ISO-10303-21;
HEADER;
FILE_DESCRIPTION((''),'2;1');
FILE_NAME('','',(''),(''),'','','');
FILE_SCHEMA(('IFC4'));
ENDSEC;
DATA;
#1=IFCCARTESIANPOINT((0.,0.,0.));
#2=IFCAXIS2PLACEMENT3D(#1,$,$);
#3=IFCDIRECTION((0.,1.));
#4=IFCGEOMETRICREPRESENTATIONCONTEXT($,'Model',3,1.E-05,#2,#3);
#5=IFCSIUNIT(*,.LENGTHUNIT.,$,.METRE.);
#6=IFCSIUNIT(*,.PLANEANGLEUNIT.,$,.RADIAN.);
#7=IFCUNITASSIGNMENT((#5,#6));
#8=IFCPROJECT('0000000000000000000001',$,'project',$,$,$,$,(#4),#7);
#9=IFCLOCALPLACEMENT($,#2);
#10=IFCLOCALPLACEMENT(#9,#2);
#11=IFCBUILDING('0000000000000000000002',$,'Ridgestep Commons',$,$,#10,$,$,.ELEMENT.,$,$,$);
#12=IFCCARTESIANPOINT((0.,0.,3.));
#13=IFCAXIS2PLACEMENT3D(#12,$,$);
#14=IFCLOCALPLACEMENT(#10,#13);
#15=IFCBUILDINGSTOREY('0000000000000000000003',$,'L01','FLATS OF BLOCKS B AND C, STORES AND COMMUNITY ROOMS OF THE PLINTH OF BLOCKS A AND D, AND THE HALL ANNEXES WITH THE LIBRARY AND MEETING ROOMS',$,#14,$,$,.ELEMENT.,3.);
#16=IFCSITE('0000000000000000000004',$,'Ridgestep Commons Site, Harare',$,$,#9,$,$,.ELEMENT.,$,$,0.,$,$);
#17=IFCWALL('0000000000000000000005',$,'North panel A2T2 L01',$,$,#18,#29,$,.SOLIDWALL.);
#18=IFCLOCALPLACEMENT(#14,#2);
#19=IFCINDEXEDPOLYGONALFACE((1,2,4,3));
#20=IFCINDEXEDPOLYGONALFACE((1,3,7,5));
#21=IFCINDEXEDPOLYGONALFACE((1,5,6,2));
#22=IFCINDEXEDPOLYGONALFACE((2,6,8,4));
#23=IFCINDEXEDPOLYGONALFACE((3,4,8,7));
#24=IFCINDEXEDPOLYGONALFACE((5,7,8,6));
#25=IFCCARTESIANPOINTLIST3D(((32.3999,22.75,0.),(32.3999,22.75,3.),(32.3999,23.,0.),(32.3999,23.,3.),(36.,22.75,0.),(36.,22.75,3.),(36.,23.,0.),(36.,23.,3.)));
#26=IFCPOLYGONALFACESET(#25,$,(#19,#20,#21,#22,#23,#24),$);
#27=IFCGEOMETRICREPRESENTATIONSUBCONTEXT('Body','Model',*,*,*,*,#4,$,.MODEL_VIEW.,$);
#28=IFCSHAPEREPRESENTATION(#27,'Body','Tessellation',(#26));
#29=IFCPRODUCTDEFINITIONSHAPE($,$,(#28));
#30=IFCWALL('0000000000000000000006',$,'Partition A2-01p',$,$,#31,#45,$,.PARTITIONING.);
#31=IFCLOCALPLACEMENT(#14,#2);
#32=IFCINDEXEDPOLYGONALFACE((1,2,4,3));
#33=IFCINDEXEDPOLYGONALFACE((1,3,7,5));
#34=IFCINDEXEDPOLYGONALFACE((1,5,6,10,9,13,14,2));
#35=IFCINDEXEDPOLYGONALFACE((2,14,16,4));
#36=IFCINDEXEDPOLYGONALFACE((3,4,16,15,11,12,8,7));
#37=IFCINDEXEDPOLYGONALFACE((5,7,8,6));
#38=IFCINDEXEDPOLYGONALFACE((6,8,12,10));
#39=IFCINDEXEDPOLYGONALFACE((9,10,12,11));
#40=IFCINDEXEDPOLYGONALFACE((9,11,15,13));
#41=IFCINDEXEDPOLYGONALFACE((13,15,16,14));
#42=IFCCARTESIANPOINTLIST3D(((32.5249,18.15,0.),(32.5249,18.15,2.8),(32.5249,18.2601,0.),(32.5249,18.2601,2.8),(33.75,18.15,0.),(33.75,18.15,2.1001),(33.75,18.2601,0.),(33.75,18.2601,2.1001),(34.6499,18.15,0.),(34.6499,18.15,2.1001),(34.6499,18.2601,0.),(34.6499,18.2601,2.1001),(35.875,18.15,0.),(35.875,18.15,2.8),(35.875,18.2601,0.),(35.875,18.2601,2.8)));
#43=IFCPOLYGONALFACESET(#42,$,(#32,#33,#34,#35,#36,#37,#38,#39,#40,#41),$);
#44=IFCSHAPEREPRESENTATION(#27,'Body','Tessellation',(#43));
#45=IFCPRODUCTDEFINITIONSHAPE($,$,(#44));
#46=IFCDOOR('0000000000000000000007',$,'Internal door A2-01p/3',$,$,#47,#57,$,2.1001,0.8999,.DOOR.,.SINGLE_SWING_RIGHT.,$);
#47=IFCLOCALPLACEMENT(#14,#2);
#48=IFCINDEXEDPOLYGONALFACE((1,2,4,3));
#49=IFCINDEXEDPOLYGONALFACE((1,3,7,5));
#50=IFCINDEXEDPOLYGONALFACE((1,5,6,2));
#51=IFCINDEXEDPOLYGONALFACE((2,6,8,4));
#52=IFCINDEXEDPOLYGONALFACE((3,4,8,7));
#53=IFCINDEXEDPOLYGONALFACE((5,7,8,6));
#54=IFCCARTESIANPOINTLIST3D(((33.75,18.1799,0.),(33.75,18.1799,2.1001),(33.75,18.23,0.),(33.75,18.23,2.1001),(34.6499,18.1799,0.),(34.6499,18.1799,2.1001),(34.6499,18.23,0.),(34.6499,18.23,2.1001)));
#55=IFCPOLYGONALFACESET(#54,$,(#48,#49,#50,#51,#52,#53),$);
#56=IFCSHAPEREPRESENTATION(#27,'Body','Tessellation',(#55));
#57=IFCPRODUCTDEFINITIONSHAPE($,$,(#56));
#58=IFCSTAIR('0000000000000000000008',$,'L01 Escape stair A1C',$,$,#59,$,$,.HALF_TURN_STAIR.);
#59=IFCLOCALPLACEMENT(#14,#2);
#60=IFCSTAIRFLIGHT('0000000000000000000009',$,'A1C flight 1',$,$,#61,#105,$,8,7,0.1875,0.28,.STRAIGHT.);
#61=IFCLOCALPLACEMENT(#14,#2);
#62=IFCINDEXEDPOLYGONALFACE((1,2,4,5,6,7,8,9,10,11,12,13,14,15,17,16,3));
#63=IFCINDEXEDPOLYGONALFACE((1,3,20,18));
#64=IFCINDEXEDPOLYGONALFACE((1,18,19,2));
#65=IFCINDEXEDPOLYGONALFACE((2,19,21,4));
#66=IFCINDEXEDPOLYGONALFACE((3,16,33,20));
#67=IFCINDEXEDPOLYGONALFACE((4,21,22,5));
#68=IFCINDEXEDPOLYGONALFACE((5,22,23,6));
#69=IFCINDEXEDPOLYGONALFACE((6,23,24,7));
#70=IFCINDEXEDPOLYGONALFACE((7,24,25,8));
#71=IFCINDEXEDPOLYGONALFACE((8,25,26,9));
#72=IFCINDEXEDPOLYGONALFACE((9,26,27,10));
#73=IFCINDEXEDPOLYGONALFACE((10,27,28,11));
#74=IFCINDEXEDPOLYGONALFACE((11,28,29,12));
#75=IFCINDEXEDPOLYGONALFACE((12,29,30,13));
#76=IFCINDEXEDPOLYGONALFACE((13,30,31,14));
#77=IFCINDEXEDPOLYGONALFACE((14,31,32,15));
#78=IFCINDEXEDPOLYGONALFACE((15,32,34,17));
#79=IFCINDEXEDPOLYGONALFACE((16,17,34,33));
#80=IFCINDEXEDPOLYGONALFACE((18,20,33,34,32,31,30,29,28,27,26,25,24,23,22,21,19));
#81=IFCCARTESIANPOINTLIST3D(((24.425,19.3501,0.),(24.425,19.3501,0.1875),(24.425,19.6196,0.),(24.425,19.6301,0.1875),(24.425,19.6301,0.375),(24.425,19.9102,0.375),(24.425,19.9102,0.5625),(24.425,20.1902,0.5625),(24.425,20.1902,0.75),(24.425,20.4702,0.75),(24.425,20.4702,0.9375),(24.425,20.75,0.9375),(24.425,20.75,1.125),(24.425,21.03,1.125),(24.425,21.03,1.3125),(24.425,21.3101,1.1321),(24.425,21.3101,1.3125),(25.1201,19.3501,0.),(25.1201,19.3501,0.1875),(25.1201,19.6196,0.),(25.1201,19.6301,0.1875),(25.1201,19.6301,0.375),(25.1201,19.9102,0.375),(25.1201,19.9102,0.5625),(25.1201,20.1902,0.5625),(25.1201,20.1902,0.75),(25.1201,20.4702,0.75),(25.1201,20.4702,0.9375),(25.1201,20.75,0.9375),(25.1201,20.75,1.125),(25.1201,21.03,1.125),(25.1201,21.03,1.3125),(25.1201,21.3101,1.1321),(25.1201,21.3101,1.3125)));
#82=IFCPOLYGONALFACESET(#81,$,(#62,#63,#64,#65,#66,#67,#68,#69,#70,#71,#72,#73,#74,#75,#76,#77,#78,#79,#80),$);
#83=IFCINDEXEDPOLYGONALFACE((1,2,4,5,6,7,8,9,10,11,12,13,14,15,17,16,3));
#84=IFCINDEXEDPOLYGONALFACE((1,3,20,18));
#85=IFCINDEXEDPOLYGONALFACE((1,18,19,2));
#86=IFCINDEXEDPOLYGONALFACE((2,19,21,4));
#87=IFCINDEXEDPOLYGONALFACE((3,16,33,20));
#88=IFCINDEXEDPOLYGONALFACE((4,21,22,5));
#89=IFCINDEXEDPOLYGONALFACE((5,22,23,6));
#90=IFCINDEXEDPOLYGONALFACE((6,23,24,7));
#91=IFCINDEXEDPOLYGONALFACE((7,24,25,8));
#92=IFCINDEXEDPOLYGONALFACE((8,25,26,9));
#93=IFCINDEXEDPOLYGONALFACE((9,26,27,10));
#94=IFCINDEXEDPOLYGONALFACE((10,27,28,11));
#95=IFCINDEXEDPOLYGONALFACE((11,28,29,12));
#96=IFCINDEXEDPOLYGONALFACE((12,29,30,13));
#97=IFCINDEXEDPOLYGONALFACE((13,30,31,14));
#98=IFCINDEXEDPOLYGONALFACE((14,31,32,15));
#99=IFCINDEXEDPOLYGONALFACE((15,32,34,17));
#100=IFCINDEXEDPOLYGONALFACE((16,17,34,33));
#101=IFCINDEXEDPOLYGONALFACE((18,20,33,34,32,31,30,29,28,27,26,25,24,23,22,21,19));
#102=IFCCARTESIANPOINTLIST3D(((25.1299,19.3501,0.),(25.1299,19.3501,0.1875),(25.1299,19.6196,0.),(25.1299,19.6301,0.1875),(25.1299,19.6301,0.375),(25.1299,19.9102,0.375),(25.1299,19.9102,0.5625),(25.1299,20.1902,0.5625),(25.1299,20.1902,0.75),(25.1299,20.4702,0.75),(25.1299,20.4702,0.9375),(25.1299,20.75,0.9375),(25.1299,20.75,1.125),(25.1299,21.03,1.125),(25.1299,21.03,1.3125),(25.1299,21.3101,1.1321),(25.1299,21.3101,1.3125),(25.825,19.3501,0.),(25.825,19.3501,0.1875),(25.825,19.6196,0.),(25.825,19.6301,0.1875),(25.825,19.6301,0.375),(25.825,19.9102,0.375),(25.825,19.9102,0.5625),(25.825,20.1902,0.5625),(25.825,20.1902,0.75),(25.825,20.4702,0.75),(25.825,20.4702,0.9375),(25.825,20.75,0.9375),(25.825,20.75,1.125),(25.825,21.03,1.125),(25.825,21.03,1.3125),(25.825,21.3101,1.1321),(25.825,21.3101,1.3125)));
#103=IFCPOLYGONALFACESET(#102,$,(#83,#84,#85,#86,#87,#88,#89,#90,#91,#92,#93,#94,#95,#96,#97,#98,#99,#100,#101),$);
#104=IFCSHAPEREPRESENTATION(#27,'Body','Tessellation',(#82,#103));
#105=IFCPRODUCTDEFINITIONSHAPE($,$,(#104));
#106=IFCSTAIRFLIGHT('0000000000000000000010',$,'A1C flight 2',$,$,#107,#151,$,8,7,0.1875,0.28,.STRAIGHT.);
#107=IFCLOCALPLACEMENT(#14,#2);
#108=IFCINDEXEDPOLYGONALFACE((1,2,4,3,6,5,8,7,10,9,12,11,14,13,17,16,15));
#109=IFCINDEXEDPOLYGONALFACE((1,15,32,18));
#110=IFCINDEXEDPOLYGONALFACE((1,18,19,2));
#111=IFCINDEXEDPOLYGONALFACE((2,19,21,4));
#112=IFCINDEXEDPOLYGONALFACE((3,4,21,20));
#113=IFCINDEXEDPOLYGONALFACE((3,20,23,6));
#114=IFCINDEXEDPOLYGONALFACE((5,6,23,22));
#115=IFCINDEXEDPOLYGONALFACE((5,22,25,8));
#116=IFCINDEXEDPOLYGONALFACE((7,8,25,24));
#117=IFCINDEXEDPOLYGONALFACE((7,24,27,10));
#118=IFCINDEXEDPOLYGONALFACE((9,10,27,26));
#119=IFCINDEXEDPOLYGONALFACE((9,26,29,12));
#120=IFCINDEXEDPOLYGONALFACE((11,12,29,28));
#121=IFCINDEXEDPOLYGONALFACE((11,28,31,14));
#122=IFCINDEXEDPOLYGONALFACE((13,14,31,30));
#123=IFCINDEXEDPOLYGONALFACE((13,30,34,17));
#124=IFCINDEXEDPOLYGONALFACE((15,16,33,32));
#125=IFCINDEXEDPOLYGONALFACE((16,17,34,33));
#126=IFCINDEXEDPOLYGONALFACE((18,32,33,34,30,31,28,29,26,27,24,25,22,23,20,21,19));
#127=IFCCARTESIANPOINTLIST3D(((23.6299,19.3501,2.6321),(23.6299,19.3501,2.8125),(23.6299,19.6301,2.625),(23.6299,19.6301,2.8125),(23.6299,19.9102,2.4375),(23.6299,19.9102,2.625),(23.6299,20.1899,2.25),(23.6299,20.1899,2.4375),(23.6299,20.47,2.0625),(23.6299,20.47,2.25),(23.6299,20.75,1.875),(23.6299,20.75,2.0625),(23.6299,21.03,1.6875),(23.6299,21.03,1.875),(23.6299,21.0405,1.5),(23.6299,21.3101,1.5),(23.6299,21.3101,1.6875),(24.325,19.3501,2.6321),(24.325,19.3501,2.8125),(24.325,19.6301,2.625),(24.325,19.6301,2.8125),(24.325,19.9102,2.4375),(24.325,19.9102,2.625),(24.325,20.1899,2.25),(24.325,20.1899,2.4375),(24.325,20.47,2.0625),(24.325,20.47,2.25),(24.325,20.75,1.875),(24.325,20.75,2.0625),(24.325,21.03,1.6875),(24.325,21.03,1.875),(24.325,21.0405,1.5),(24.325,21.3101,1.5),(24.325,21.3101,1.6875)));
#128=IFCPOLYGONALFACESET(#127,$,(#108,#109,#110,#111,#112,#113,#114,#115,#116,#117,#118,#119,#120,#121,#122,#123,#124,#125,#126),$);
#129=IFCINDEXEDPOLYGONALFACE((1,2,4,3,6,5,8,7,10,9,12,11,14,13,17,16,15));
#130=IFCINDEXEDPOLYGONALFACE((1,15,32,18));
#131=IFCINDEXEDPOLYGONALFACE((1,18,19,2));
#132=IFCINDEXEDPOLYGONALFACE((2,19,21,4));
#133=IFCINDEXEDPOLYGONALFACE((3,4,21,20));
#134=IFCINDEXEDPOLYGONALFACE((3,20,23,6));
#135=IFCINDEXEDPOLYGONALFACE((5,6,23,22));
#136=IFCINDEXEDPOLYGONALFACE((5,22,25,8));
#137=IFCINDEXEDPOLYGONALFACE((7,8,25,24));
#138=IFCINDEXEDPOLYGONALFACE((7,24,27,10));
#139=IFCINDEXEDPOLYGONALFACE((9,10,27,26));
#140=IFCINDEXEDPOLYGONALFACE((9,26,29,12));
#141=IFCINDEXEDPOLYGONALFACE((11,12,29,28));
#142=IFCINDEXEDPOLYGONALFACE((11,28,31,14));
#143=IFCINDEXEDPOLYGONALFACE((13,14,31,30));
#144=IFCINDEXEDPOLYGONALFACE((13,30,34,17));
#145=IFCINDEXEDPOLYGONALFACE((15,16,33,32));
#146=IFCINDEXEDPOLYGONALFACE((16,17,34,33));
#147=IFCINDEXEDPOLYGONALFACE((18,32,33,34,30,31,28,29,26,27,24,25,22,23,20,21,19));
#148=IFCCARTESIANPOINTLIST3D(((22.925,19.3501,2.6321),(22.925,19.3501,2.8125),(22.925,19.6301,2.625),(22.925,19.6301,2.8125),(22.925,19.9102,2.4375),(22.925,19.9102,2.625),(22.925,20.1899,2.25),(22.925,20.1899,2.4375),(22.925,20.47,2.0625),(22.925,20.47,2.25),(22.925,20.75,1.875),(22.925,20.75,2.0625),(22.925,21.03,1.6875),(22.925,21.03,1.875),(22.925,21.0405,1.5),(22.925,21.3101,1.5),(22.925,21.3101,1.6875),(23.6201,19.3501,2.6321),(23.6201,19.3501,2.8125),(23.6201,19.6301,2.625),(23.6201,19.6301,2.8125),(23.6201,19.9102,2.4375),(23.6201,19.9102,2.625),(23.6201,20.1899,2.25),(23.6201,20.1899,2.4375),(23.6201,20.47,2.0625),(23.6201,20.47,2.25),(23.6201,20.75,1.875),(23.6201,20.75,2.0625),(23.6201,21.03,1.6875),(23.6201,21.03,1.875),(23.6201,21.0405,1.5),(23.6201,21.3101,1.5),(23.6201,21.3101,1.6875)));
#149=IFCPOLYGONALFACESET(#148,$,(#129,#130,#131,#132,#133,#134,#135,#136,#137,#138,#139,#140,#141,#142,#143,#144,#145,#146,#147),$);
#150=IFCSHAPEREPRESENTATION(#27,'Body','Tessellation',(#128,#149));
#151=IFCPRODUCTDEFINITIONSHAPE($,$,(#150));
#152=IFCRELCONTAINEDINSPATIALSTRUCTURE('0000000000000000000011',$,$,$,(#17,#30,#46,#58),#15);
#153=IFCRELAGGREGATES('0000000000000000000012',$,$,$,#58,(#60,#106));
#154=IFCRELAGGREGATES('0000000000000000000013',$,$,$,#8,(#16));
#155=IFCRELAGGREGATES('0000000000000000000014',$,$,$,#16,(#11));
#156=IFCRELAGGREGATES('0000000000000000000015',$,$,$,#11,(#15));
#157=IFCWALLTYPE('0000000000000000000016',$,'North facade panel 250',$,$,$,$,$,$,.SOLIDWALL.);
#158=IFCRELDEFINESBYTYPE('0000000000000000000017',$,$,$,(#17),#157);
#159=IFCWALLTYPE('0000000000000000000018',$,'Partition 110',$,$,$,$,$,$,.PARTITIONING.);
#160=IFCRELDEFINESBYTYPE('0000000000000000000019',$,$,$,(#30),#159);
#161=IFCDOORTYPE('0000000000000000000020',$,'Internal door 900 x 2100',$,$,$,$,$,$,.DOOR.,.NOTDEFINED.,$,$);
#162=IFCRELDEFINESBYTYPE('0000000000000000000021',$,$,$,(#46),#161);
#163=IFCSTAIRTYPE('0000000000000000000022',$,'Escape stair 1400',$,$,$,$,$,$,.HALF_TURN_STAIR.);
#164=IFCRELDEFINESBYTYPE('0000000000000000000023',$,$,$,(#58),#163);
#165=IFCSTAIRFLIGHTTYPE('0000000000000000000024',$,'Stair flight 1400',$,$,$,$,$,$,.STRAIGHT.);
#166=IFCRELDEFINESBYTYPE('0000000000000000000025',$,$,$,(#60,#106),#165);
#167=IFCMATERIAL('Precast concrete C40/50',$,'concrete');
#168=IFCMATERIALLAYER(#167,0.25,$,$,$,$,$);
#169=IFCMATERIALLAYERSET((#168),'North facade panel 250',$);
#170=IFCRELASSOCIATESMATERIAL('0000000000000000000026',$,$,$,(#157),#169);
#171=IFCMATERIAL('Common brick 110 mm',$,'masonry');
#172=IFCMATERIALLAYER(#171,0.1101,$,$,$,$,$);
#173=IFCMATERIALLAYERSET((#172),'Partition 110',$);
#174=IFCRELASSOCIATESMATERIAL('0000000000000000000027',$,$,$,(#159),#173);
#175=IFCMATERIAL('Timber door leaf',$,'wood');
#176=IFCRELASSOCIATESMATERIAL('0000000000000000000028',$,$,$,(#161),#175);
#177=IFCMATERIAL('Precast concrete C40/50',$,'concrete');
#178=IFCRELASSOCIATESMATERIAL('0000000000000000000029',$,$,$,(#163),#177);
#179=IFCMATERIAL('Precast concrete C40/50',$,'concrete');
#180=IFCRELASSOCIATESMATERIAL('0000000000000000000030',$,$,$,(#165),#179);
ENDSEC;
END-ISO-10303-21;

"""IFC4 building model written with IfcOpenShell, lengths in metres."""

from ifc_helpers import new_model, si_unit, direction, frame, frame_2d, origin, place, context, subcontext, project, spatial, polyline, rectangle, outline, extrude, material, layer, layer_set, type_object, element, fill, aggregate, save


model = new_model("IFC4")

# Units and contexts
model_context = context("Model", 3, precision=1e-05, world=origin(), true_north=direction((0.0, 1.0)))
body_context = subcontext(model_context, "Body", "Model", "MODEL_VIEW")
ifc_project = project(units=[si_unit("LENGTHUNIT", "METRE"), si_unit("PLANEANGLEUNIT", "RADIAN")], contexts=[model_context])

# Site, building, storey
site_placement = place(None, origin())
site = spatial("IfcSite", under=ifc_project, at=site_placement, Name="Ridgestep Commons Site, Harare", CompositionType="ELEMENT", RefElevation=0.0)
building_placement = place(site_placement, origin())
building = spatial("IfcBuilding", under=site, at=building_placement, Name="Ridgestep Commons", CompositionType="ELEMENT")
storey_placement = place(building_placement, frame((0.0, 0.0, 3.0)))
storey = spatial("IfcBuildingStorey", under=building, at=storey_placement, Name="L01", Description="FLATS OF BLOCKS B AND C, STORES AND COMMUNITY ROOMS OF THE PLINTH OF BLOCKS A AND D, AND THE HALL ANNEXES WITH THE LIBRARY AND MEETING ROOMS", CompositionType="ELEMENT", Elevation=3.0)

# Shared definitions
ifc_material_1 = material(Name="Precast concrete C40/50", Category="concrete")
ifc_layer_1 = layer(ifc_material_1, 0.25)
ifc_layer_set_1 = layer_set([ifc_layer_1], Name="North facade panel 250")
wall_type_1 = type_object("IfcWallType", Name="North facade panel 250", PredefinedType="SOLIDWALL", material=ifc_layer_set_1)

# Wall
wall_1_placement = place(storey_placement, frame((32.3999, 22.875, 0.0), z_axis=(0.0, 0.0, 1.0), x_axis=(1.0, 0.0, 0.0)))
element("IfcWall", 1, at=wall_1_placement, inside=storey, type_object=wall_type_1, Name="North panel A2T2 L01", PredefinedType="SOLIDWALL", context=body_context, shape_type="SweptSolid", body=[
    extrude(rectangle(XDim=3.6001, YDim=0.25, at=frame_2d((1.8, 0.0))), origin(), (0.0, 0.0, 1.0), 3.0),
])

# Wall, opening, door
ifc_material_2 = material(Name="Common brick 110 mm", Category="masonry")
ifc_layer_2 = layer(ifc_material_2, 0.1101)
ifc_layer_set_2 = layer_set([ifc_layer_2], Name="Partition 110")
wall_type_2 = type_object("IfcWallType", Name="Partition 110", PredefinedType="PARTITIONING", material=ifc_layer_set_2)
wall_2_placement = place(storey_placement, frame((32.5249, 18.2051, 0.0), z_axis=(0.0, 0.0, 1.0), x_axis=(1.0, 0.0, 0.0)))
wall_2 = element("IfcWall", 2, at=wall_2_placement, inside=storey, type_object=wall_type_2, Name="Partition A2-01p", PredefinedType="PARTITIONING", context=body_context, shape_type="SweptSolid", body=[
    extrude(rectangle(XDim=3.3501, YDim=0.1101, at=frame_2d((1.675, 0.0))), origin(), (0.0, 0.0, 1.0), 2.8),
])
opening_1_placement = place(wall_2_placement, frame((1.2251, 0.0, 0.0)))
opening_1 = element("IfcOpeningElement", 3, at=opening_1_placement, cuts=wall_2, PredefinedType="OPENING", context=body_context, shape_type="SweptSolid", body=[
    extrude(rectangle(XDim=0.8999, YDim=2.1001, at=frame_2d((0.45, 1.05))), frame((0.0, 0.0649, 0.0), z_axis=(0.0, -1.0, 0.0), x_axis=(1.0, 0.0, 0.0)), (0.0, 0.0, 1.0), 0.1301),
])
ifc_material_3 = material(Name="Timber door leaf", Category="wood")
door_type = type_object("IfcDoorType", Name="Internal door 900 x 2100", OperationType="NOTDEFINED", PredefinedType="DOOR", material=ifc_material_3)
door_placement = place(opening_1_placement, origin())
door = element("IfcDoor", 4, at=door_placement, inside=storey, type_object=door_type, Name="Internal door A2-01p/3", OperationType="SINGLE_SWING_RIGHT", OverallHeight=2.1001, OverallWidth=0.8999, PredefinedType="DOOR", context=body_context, shape_type="SweptSolid", body=[
    extrude(rectangle(XDim=0.8999, YDim=2.1001, at=frame_2d((0.45, 1.05))), frame((0.0, 0.0249, 0.0), z_axis=(0.0, -1.0, 0.0), x_axis=(1.0, 0.0, 0.0)), (0.0, 0.0, 1.0), 0.05),
])
fill(opening_1, door)

# Stair, stair flights
ifc_material_4 = material(Name="Precast concrete C40/50", Category="concrete")
stair_type = type_object("IfcStairType", Name="Escape stair 1400", PredefinedType="HALF_TURN_STAIR", material=ifc_material_4)
stair_placement = place(storey_placement, origin())
stair = element("IfcStair", 5, at=stair_placement, inside=storey, type_object=stair_type, Name="L01 Escape stair A1C", PredefinedType="HALF_TURN_STAIR")
ifc_material_5 = material(Name="Precast concrete C40/50", Category="concrete")
stair_flight_type = type_object("IfcStairFlightType", Name="Stair flight 1400", PredefinedType="STRAIGHT", material=ifc_material_5)
stair_flight_1_placement = place(storey_placement, frame((25.125, 19.3501, 0.0), z_axis=(0.0, 0.0, 1.0), x_axis=(0.0, 1.0, 0.0)))
stair_flight_1 = element("IfcStairFlight", 6, at=stair_flight_1_placement, type_object=stair_flight_type, Name="A1C flight 1", NumberOfRisers=8, NumberOfTreads=7, PredefinedType="STRAIGHT", RiserHeight=0.1875, TreadLength=0.28, context=body_context, shape_type="SweptSolid", body=[
    extrude(outline(polyline([(0.0, 0.0), (0.0, 0.1875), (0.28, 0.1875), (0.28, 0.375), (0.5601, 0.375), (0.5601, 0.5625), (0.8401, 0.5625), (0.8401, 0.75), (1.1201, 0.75), (1.1201, 0.9375), (1.3999, 0.9375), (1.3999, 1.125), (1.6799, 1.125), (1.6799, 1.3125), (1.96, 1.3125), (1.96, 1.5), (1.96, 1.1321), (0.2695, 0.0), (0.0, 0.0)])), frame((0.0, 0.7, 0.0), z_axis=(0.0, -1.0, 0.0), x_axis=(1.0, 0.0, 0.0)), (0.0, 0.0, 1.0), 0.6951),
    extrude(outline(polyline([(0.0, 0.0), (0.0, 0.1875), (0.28, 0.1875), (0.28, 0.375), (0.5601, 0.375), (0.5601, 0.5625), (0.8401, 0.5625), (0.8401, 0.75), (1.1201, 0.75), (1.1201, 0.9375), (1.3999, 0.9375), (1.3999, 1.125), (1.6799, 1.125), (1.6799, 1.3125), (1.96, 1.3125), (1.96, 1.5), (1.96, 1.1321), (0.2695, 0.0), (0.0, 0.0)])), frame((0.0, -0.0049, 0.0), z_axis=(0.0, -1.0, 0.0), x_axis=(1.0, 0.0, 0.0)), (0.0, 0.0, 1.0), 0.6951),
])
stair_flight_2_placement = place(storey_placement, frame((23.625, 21.3101, 1.5), z_axis=(0.0, 0.0, 1.0), x_axis=(0.0, -1.0, 0.0)))
stair_flight_2 = element("IfcStairFlight", 7, at=stair_flight_2_placement, type_object=stair_flight_type, Name="A1C flight 2", NumberOfRisers=8, NumberOfTreads=7, PredefinedType="STRAIGHT", RiserHeight=0.1875, TreadLength=0.28, context=body_context, shape_type="SweptSolid", body=[
    extrude(outline(polyline([(0.0, 0.0), (0.0, 0.1875), (0.28, 0.1875), (0.28, 0.375), (0.5601, 0.375), (0.5601, 0.5625), (0.8401, 0.5625), (0.8401, 0.75), (1.1201, 0.75), (1.1201, 0.9375), (1.3999, 0.9375), (1.3999, 1.125), (1.6799, 1.125), (1.6799, 1.3125), (1.96, 1.3125), (1.96, 1.5), (1.96, 1.1321), (0.2695, 0.0), (0.0, 0.0)])), frame((0.0, 0.7, 0.0), z_axis=(0.0, -1.0, 0.0), x_axis=(1.0, 0.0, 0.0)), (0.0, 0.0, 1.0), 0.6951),
    extrude(outline(polyline([(0.0, 0.0), (0.0, 0.1875), (0.28, 0.1875), (0.28, 0.375), (0.5601, 0.375), (0.5601, 0.5625), (0.8401, 0.5625), (0.8401, 0.75), (1.1201, 0.75), (1.1201, 0.9375), (1.3999, 0.9375), (1.3999, 1.125), (1.6799, 1.125), (1.6799, 1.3125), (1.96, 1.3125), (1.96, 1.5), (1.96, 1.1321), (0.2695, 0.0), (0.0, 0.0)])), frame((0.0, -0.0049, 0.0), z_axis=(0.0, -1.0, 0.0), x_axis=(1.0, 0.0, 0.0)), (0.0, 0.0, 1.0), 0.6951),
])
aggregate(stair, [stair_flight_1, stair_flight_2])

save(model, "model.ifc")
